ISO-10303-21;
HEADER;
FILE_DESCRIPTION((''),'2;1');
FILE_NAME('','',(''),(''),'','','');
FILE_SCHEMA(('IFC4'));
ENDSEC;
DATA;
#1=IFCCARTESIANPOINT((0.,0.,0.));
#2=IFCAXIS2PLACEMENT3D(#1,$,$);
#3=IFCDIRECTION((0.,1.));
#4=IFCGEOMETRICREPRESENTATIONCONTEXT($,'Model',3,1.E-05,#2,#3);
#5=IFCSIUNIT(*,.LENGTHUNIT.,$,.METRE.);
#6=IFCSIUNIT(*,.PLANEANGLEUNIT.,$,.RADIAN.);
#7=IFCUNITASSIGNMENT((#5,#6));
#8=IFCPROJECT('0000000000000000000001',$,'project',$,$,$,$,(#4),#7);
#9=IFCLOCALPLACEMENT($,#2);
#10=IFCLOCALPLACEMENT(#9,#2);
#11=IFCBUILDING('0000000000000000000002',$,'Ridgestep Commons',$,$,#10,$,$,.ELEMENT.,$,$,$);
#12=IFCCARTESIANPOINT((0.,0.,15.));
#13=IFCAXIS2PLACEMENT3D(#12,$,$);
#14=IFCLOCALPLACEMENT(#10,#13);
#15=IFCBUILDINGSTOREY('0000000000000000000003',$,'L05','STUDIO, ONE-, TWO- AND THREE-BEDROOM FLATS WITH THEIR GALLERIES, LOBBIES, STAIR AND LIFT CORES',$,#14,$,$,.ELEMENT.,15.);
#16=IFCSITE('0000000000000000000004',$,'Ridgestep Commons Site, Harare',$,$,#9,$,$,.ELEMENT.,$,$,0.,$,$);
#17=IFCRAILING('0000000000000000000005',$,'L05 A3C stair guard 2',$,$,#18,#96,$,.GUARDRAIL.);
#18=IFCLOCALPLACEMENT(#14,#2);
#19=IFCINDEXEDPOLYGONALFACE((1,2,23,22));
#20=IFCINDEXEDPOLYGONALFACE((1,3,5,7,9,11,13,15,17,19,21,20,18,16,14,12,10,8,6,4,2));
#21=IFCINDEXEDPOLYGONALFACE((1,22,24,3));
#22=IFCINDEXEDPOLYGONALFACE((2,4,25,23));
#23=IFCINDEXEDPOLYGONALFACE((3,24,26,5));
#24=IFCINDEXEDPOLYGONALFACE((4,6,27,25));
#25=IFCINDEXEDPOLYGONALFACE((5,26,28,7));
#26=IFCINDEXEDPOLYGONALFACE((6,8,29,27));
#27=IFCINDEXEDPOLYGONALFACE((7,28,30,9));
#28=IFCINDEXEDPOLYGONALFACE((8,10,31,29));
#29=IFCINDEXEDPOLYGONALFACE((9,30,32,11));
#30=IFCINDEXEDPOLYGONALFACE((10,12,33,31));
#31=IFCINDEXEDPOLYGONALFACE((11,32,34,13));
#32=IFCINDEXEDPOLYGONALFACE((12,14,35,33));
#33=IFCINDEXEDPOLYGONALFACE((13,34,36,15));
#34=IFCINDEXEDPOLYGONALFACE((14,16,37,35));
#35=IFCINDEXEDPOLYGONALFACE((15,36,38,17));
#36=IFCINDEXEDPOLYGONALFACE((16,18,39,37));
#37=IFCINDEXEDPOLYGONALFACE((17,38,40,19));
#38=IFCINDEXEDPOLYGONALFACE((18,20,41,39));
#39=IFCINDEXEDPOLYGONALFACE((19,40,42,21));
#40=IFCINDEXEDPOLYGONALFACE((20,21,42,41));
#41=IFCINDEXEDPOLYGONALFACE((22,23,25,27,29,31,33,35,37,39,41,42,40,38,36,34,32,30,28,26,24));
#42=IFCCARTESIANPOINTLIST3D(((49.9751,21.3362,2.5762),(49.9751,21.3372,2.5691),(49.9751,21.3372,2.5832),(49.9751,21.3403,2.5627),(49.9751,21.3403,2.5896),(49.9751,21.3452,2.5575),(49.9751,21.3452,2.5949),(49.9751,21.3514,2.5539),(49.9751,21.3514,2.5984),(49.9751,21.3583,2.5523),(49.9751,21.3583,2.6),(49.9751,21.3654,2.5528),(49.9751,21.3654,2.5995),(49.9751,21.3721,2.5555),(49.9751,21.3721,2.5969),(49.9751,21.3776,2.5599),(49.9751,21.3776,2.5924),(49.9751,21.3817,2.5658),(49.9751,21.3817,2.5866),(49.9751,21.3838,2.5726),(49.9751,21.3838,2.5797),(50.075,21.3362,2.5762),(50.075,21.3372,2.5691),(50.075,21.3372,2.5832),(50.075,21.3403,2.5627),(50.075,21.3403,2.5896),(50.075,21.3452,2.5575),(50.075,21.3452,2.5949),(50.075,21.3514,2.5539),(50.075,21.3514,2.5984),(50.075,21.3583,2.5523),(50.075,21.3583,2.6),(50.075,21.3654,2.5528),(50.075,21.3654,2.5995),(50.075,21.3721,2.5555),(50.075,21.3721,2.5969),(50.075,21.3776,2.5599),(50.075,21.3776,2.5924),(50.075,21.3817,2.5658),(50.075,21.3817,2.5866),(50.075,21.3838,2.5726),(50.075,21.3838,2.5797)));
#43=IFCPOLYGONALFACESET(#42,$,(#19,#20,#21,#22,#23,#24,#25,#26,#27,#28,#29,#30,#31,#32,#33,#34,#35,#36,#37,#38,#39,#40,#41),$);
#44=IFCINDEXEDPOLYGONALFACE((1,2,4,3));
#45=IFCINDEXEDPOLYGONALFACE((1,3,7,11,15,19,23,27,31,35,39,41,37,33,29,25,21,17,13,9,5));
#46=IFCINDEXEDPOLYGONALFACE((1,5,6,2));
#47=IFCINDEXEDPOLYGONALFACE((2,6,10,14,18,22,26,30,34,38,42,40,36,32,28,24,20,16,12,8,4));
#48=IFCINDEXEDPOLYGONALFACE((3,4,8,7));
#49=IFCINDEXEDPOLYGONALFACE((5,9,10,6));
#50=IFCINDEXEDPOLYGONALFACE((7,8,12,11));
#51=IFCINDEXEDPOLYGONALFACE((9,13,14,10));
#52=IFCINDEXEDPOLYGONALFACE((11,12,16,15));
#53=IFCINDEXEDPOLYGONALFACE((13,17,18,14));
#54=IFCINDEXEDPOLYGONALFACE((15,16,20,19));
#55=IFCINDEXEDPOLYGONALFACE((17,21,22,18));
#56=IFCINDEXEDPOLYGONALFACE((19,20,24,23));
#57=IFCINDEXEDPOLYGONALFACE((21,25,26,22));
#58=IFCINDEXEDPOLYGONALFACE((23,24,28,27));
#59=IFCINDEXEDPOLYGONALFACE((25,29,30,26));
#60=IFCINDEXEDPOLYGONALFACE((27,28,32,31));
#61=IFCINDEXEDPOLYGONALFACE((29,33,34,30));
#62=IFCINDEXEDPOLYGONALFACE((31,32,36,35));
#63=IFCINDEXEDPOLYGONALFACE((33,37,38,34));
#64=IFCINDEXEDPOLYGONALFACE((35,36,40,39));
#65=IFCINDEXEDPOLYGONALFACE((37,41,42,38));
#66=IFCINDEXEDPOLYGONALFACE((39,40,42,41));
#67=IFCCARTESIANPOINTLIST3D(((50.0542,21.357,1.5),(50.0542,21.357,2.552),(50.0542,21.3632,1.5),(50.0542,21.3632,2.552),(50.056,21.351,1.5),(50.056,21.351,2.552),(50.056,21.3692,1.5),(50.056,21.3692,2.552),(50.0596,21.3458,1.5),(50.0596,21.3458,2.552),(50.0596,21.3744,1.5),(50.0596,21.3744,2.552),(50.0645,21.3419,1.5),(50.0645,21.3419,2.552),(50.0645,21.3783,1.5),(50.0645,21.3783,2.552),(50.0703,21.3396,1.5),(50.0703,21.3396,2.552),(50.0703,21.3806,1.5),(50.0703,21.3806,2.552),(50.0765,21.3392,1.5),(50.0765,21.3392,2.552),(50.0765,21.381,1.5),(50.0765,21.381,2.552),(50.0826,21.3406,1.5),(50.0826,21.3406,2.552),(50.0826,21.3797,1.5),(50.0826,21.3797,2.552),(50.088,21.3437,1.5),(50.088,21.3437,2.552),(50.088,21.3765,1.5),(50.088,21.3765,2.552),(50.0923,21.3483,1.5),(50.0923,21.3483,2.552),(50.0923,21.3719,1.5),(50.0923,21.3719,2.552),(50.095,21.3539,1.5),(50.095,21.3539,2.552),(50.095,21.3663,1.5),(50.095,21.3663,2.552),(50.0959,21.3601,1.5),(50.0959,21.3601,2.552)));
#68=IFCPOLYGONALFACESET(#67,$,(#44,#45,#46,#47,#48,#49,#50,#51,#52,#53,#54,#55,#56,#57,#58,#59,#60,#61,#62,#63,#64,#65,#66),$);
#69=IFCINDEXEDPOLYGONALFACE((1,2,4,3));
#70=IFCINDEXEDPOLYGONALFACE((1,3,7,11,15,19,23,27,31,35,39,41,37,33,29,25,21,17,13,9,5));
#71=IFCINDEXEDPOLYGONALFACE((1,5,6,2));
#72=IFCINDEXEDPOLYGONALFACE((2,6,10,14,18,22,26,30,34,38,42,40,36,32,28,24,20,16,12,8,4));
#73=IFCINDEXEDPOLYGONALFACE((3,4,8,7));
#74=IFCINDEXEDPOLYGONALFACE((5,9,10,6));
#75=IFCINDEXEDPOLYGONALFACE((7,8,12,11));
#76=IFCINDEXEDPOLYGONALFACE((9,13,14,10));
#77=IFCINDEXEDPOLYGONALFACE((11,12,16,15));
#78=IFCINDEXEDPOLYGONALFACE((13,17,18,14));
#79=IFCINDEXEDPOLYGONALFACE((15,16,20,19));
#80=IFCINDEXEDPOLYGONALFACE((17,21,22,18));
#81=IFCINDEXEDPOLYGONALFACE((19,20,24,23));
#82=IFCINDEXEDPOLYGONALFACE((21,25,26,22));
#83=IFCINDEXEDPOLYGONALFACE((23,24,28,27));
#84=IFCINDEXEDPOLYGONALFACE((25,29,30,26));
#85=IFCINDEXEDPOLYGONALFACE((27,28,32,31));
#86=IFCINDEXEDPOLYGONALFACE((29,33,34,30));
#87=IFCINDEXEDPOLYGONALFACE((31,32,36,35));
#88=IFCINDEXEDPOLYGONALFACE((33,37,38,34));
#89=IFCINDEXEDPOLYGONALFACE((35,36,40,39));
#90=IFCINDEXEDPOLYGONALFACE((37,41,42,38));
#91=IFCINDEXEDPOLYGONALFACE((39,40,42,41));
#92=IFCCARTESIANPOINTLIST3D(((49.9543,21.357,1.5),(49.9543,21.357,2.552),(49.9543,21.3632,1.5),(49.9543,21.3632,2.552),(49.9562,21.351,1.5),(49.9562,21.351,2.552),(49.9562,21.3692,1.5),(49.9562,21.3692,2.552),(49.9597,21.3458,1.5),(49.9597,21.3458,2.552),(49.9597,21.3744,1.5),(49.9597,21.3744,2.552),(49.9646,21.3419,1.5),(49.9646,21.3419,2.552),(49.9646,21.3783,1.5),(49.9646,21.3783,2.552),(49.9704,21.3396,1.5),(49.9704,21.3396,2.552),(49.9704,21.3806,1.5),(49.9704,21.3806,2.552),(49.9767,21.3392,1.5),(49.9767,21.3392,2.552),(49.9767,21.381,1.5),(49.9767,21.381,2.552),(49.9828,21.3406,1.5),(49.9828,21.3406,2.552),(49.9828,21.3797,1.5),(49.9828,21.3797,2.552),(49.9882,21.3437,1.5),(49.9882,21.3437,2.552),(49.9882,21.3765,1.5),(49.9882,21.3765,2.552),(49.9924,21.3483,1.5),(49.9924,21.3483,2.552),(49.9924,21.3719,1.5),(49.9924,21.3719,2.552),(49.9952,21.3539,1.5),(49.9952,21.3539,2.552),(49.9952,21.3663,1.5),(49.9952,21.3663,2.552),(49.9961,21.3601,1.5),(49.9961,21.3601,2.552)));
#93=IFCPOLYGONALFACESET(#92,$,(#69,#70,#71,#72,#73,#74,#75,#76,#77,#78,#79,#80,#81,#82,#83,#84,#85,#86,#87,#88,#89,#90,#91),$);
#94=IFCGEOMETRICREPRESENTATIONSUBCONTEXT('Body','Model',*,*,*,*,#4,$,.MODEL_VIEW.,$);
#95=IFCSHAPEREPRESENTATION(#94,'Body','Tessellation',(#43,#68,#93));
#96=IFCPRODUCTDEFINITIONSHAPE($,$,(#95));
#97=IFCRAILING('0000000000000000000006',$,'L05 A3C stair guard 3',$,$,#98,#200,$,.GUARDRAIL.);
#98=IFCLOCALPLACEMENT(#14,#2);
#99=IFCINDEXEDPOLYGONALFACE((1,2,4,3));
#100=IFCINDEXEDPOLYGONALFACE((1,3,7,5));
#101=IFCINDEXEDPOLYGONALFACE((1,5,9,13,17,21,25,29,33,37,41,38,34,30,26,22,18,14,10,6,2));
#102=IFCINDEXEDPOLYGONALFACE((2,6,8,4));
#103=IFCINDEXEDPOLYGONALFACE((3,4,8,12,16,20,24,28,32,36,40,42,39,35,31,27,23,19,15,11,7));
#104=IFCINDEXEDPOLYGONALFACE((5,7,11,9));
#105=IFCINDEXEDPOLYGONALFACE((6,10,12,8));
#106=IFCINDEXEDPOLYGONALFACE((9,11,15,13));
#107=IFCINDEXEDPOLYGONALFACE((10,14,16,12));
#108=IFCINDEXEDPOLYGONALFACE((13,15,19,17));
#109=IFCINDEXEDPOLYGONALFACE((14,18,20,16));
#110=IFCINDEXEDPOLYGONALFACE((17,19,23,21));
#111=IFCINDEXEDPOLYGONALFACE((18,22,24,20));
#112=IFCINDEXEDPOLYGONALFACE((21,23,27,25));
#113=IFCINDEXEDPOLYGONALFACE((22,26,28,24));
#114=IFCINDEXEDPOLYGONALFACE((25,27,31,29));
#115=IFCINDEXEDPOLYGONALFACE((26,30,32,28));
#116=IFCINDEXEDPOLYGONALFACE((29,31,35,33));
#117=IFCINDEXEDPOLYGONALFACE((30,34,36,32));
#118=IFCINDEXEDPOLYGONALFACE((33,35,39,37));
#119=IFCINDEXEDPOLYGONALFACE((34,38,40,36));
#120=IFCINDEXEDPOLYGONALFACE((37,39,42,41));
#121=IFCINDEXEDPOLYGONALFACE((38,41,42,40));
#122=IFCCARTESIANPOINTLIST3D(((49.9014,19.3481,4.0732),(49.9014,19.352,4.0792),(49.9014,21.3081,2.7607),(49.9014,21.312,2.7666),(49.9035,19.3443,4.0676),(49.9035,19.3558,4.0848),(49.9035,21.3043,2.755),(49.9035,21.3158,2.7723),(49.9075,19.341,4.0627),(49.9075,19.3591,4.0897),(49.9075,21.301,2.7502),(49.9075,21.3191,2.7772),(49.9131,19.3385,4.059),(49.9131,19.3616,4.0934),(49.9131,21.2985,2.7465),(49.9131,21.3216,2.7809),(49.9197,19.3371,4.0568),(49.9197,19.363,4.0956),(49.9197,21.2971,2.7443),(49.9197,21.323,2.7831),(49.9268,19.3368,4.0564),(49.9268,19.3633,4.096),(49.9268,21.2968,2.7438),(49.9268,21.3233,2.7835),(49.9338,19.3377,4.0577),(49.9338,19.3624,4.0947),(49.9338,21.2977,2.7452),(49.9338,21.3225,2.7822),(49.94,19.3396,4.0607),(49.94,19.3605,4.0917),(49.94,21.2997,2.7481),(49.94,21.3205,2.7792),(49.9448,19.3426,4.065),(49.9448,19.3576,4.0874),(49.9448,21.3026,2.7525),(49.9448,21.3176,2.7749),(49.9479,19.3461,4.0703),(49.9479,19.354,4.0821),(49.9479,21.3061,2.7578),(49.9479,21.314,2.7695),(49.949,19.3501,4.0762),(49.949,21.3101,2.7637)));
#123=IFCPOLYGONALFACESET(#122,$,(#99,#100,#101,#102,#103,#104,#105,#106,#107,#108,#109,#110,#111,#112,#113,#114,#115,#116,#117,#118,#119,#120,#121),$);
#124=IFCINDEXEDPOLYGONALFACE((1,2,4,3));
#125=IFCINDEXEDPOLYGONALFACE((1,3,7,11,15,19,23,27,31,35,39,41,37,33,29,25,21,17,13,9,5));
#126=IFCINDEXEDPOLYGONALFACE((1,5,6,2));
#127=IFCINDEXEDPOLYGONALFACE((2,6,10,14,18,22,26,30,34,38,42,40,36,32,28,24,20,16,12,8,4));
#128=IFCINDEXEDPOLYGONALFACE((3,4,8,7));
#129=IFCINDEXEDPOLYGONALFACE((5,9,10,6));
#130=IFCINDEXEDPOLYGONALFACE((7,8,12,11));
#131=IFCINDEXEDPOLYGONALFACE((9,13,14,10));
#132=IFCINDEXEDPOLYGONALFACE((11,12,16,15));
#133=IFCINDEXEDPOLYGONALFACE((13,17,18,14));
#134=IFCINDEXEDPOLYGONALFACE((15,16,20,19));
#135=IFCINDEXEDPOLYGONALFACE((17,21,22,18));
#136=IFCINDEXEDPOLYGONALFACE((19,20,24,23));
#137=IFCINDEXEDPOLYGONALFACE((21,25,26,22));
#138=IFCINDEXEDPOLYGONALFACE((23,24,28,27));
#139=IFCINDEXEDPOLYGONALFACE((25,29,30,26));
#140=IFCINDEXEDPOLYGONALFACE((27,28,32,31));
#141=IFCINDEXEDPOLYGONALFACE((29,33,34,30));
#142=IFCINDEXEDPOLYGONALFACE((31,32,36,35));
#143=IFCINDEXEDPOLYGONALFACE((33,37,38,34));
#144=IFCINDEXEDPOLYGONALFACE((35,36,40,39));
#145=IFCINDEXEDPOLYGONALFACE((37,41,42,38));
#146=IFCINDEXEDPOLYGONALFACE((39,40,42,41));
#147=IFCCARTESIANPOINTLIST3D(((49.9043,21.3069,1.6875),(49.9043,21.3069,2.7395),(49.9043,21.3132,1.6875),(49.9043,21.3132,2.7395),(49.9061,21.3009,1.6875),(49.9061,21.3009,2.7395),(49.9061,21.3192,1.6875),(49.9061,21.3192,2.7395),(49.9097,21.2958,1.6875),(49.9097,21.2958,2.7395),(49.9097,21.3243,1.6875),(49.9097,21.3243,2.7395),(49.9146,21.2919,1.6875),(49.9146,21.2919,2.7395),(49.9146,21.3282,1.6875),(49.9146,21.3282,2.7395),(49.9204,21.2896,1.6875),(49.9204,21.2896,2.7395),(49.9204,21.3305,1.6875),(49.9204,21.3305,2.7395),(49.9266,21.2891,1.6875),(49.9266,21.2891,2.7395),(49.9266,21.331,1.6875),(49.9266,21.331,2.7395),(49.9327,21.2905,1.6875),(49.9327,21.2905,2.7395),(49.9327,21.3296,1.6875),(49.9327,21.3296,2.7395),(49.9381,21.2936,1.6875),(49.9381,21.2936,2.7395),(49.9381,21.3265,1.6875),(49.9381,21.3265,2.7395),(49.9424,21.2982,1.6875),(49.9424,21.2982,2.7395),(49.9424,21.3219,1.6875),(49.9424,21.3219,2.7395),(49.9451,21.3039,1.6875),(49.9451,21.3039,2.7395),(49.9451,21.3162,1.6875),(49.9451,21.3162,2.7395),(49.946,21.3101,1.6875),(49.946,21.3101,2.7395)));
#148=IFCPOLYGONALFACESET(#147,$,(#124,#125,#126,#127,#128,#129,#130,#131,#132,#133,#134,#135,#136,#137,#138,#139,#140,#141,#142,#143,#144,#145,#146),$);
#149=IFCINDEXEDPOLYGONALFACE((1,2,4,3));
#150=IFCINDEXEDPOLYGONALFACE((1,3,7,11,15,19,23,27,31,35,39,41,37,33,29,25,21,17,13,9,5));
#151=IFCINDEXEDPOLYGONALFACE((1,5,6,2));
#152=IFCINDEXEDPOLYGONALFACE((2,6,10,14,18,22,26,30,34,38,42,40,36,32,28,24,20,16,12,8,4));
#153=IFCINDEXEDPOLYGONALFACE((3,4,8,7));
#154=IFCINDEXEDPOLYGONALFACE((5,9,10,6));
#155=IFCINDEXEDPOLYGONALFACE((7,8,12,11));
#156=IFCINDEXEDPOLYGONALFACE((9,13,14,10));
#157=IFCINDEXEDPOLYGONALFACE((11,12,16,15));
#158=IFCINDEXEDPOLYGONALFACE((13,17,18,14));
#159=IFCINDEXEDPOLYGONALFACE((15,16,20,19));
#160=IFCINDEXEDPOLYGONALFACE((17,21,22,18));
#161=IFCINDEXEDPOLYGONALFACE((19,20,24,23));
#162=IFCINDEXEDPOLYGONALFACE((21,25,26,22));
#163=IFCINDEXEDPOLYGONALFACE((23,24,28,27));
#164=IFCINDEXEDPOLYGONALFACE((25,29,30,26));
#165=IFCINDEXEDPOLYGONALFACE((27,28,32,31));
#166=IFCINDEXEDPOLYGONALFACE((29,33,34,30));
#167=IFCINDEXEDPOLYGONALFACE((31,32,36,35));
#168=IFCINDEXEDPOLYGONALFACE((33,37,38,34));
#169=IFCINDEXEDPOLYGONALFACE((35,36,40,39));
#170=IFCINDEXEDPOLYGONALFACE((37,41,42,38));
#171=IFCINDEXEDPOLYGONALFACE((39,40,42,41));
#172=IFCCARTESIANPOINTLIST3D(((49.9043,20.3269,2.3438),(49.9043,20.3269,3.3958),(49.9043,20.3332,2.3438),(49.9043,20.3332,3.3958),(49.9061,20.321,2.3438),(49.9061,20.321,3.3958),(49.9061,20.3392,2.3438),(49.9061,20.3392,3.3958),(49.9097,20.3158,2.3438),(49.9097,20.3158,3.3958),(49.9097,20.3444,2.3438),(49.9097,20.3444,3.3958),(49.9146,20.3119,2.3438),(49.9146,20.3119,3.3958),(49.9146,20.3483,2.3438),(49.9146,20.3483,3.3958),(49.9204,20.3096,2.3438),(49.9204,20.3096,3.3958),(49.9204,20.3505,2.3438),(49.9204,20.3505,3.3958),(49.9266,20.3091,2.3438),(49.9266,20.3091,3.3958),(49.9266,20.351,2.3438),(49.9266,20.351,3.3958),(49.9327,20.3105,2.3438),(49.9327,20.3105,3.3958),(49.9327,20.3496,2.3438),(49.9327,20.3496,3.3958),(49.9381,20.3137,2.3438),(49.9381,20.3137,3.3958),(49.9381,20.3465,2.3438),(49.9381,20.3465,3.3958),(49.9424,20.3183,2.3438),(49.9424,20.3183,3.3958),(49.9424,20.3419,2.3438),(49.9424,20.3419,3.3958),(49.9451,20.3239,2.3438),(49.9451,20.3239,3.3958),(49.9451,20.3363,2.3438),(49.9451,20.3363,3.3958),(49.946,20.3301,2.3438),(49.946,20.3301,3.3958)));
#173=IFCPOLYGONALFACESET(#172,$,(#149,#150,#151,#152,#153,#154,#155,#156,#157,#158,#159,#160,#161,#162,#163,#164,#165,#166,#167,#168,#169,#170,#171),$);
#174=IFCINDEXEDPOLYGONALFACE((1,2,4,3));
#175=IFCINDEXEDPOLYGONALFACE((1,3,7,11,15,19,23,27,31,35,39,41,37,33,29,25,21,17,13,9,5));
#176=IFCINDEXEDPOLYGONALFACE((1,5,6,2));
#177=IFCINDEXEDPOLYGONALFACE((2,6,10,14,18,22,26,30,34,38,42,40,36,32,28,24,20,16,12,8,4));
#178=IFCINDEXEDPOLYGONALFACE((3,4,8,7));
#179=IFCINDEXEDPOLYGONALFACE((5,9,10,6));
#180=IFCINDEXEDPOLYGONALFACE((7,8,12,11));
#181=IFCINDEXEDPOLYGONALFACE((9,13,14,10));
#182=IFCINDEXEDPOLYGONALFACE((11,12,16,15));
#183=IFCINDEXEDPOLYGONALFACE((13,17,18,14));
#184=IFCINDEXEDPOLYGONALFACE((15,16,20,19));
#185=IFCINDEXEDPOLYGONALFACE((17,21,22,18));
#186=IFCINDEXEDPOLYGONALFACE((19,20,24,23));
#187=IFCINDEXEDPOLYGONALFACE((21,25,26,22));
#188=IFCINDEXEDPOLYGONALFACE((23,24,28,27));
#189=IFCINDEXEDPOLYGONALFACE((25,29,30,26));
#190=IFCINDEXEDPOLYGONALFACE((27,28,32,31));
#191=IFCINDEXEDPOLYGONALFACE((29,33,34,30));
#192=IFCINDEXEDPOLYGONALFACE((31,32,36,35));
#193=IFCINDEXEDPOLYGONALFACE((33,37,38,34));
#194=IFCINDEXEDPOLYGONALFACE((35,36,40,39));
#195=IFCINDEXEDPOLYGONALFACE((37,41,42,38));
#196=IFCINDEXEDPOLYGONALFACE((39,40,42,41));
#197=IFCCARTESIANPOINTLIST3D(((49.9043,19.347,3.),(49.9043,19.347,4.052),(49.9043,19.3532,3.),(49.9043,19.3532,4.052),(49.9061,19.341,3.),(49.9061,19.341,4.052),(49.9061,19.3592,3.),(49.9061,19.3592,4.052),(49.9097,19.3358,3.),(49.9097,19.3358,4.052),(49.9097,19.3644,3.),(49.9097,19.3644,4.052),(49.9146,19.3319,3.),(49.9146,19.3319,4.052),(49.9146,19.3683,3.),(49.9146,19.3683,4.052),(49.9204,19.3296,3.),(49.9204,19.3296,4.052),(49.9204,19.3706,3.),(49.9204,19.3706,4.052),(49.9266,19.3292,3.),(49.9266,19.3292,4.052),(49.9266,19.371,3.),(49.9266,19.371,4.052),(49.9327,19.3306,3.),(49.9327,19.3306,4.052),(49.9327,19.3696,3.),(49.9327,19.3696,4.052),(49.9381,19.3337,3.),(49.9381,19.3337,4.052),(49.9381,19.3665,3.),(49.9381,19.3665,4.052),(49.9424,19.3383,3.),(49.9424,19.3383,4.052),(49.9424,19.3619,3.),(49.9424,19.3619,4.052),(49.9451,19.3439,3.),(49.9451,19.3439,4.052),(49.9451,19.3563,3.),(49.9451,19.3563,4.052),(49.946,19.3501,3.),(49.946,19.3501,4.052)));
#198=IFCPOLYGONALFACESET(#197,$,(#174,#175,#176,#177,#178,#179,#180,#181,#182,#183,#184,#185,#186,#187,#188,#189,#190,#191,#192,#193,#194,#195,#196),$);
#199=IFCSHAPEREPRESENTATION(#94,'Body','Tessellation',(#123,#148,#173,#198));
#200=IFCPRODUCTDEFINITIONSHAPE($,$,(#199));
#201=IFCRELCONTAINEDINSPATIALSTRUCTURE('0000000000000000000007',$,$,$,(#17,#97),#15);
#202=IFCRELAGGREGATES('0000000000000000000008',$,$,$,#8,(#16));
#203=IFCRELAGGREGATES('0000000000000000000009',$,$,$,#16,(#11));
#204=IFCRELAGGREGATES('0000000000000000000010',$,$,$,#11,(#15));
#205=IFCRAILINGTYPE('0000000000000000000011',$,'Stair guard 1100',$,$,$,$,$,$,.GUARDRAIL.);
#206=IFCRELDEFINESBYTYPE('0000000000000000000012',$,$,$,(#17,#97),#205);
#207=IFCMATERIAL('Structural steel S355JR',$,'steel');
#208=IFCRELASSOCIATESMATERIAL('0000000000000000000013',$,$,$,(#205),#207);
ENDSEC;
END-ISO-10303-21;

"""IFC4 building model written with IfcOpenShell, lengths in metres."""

from ifc_helpers import new_model, si_unit, direction, frame, origin, origin_2d, place, context, subcontext, project, spatial, circle, extrude, material, type_object, element, save


model = new_model("IFC4")

# Units and contexts
model_context = context("Model", 3, precision=1e-05, world=origin(), true_north=direction((0.0, 1.0)))
body_context = subcontext(model_context, "Body", "Model", "MODEL_VIEW")
ifc_project = project(units=[si_unit("LENGTHUNIT", "METRE"), si_unit("PLANEANGLEUNIT", "RADIAN")], contexts=[model_context])

# Site, building, storey
site_placement = place(None, origin())
site = spatial("IfcSite", under=ifc_project, at=site_placement, Name="Ridgestep Commons Site, Harare", CompositionType="ELEMENT", RefElevation=0.0)
building_placement = place(site_placement, origin())
building = spatial("IfcBuilding", under=site, at=building_placement, Name="Ridgestep Commons", CompositionType="ELEMENT")
storey_placement = place(building_placement, frame((0.0, 0.0, 15.0)))
storey = spatial("IfcBuildingStorey", under=building, at=storey_placement, Name="L05", Description="STUDIO, ONE-, TWO- AND THREE-BEDROOM FLATS WITH THEIR GALLERIES, LOBBIES, STAIR AND LIFT CORES", CompositionType="ELEMENT", Elevation=15.0)

# Railings
ifc_material_1 = material(Name="Structural steel S355JR", Category="steel")
railing_type_1 = type_object("IfcRailingType", Name="Stair guard 1100", PredefinedType="GUARDRAIL", material=ifc_material_1)
railing_1_placement = place(storey_placement, frame((50.075, 21.3601, 1.5)))
element("IfcRailing", 1, at=railing_1_placement, inside=storey, type_object=railing_type_1, Name="L05 A3C stair guard 2", PredefinedType="GUARDRAIL", context=body_context, shape_type="SweptSolid", body=[
    extrude(circle(Radius=0.0239, at=origin_2d()), frame((0.0, 0.0, 1.0762), z_axis=(-1.0, 0.0, 0.0), x_axis=(0.0, -1.0, 0.0)), (0.0, 0.0, 1.0), 0.0999),
    extrude(circle(Radius=0.021, at=origin_2d()), origin(), (0.0, 0.0, 1.0), 1.052),
    extrude(circle(Radius=0.021, at=origin_2d()), frame((-0.0999, 0.0, 0.0)), (0.0, 0.0, 1.0), 1.052),
])
railing_2_placement = place(storey_placement, frame((49.925, 21.3101, 1.6875)))
element("IfcRailing", 2, at=railing_2_placement, inside=storey, type_object=railing_type_1, Name="L05 A3C stair guard 3", PredefinedType="GUARDRAIL", context=body_context, shape_type="SweptSolid", body=[
    extrude(circle(Radius=0.0239, at=origin_2d()), frame((0.0, 0.0, 1.0762), z_axis=(0.0, -0.830902, 0.556419), x_axis=(1.0, 0.0, 0.0)), (0.0, 0.0, 1.0), 2.3589),
    extrude(circle(Radius=0.021, at=origin_2d()), origin(), (0.0, 0.0, 1.0), 1.052),
    extrude(circle(Radius=0.021, at=origin_2d()), frame((0.0, -0.98, 0.6562)), (0.0, 0.0, 1.0), 1.052),
    extrude(circle(Radius=0.021, at=origin_2d()), frame((0.0, -1.96, 1.3125)), (0.0, 0.0, 1.0), 1.052),
])

save(model, "model.ifc")
